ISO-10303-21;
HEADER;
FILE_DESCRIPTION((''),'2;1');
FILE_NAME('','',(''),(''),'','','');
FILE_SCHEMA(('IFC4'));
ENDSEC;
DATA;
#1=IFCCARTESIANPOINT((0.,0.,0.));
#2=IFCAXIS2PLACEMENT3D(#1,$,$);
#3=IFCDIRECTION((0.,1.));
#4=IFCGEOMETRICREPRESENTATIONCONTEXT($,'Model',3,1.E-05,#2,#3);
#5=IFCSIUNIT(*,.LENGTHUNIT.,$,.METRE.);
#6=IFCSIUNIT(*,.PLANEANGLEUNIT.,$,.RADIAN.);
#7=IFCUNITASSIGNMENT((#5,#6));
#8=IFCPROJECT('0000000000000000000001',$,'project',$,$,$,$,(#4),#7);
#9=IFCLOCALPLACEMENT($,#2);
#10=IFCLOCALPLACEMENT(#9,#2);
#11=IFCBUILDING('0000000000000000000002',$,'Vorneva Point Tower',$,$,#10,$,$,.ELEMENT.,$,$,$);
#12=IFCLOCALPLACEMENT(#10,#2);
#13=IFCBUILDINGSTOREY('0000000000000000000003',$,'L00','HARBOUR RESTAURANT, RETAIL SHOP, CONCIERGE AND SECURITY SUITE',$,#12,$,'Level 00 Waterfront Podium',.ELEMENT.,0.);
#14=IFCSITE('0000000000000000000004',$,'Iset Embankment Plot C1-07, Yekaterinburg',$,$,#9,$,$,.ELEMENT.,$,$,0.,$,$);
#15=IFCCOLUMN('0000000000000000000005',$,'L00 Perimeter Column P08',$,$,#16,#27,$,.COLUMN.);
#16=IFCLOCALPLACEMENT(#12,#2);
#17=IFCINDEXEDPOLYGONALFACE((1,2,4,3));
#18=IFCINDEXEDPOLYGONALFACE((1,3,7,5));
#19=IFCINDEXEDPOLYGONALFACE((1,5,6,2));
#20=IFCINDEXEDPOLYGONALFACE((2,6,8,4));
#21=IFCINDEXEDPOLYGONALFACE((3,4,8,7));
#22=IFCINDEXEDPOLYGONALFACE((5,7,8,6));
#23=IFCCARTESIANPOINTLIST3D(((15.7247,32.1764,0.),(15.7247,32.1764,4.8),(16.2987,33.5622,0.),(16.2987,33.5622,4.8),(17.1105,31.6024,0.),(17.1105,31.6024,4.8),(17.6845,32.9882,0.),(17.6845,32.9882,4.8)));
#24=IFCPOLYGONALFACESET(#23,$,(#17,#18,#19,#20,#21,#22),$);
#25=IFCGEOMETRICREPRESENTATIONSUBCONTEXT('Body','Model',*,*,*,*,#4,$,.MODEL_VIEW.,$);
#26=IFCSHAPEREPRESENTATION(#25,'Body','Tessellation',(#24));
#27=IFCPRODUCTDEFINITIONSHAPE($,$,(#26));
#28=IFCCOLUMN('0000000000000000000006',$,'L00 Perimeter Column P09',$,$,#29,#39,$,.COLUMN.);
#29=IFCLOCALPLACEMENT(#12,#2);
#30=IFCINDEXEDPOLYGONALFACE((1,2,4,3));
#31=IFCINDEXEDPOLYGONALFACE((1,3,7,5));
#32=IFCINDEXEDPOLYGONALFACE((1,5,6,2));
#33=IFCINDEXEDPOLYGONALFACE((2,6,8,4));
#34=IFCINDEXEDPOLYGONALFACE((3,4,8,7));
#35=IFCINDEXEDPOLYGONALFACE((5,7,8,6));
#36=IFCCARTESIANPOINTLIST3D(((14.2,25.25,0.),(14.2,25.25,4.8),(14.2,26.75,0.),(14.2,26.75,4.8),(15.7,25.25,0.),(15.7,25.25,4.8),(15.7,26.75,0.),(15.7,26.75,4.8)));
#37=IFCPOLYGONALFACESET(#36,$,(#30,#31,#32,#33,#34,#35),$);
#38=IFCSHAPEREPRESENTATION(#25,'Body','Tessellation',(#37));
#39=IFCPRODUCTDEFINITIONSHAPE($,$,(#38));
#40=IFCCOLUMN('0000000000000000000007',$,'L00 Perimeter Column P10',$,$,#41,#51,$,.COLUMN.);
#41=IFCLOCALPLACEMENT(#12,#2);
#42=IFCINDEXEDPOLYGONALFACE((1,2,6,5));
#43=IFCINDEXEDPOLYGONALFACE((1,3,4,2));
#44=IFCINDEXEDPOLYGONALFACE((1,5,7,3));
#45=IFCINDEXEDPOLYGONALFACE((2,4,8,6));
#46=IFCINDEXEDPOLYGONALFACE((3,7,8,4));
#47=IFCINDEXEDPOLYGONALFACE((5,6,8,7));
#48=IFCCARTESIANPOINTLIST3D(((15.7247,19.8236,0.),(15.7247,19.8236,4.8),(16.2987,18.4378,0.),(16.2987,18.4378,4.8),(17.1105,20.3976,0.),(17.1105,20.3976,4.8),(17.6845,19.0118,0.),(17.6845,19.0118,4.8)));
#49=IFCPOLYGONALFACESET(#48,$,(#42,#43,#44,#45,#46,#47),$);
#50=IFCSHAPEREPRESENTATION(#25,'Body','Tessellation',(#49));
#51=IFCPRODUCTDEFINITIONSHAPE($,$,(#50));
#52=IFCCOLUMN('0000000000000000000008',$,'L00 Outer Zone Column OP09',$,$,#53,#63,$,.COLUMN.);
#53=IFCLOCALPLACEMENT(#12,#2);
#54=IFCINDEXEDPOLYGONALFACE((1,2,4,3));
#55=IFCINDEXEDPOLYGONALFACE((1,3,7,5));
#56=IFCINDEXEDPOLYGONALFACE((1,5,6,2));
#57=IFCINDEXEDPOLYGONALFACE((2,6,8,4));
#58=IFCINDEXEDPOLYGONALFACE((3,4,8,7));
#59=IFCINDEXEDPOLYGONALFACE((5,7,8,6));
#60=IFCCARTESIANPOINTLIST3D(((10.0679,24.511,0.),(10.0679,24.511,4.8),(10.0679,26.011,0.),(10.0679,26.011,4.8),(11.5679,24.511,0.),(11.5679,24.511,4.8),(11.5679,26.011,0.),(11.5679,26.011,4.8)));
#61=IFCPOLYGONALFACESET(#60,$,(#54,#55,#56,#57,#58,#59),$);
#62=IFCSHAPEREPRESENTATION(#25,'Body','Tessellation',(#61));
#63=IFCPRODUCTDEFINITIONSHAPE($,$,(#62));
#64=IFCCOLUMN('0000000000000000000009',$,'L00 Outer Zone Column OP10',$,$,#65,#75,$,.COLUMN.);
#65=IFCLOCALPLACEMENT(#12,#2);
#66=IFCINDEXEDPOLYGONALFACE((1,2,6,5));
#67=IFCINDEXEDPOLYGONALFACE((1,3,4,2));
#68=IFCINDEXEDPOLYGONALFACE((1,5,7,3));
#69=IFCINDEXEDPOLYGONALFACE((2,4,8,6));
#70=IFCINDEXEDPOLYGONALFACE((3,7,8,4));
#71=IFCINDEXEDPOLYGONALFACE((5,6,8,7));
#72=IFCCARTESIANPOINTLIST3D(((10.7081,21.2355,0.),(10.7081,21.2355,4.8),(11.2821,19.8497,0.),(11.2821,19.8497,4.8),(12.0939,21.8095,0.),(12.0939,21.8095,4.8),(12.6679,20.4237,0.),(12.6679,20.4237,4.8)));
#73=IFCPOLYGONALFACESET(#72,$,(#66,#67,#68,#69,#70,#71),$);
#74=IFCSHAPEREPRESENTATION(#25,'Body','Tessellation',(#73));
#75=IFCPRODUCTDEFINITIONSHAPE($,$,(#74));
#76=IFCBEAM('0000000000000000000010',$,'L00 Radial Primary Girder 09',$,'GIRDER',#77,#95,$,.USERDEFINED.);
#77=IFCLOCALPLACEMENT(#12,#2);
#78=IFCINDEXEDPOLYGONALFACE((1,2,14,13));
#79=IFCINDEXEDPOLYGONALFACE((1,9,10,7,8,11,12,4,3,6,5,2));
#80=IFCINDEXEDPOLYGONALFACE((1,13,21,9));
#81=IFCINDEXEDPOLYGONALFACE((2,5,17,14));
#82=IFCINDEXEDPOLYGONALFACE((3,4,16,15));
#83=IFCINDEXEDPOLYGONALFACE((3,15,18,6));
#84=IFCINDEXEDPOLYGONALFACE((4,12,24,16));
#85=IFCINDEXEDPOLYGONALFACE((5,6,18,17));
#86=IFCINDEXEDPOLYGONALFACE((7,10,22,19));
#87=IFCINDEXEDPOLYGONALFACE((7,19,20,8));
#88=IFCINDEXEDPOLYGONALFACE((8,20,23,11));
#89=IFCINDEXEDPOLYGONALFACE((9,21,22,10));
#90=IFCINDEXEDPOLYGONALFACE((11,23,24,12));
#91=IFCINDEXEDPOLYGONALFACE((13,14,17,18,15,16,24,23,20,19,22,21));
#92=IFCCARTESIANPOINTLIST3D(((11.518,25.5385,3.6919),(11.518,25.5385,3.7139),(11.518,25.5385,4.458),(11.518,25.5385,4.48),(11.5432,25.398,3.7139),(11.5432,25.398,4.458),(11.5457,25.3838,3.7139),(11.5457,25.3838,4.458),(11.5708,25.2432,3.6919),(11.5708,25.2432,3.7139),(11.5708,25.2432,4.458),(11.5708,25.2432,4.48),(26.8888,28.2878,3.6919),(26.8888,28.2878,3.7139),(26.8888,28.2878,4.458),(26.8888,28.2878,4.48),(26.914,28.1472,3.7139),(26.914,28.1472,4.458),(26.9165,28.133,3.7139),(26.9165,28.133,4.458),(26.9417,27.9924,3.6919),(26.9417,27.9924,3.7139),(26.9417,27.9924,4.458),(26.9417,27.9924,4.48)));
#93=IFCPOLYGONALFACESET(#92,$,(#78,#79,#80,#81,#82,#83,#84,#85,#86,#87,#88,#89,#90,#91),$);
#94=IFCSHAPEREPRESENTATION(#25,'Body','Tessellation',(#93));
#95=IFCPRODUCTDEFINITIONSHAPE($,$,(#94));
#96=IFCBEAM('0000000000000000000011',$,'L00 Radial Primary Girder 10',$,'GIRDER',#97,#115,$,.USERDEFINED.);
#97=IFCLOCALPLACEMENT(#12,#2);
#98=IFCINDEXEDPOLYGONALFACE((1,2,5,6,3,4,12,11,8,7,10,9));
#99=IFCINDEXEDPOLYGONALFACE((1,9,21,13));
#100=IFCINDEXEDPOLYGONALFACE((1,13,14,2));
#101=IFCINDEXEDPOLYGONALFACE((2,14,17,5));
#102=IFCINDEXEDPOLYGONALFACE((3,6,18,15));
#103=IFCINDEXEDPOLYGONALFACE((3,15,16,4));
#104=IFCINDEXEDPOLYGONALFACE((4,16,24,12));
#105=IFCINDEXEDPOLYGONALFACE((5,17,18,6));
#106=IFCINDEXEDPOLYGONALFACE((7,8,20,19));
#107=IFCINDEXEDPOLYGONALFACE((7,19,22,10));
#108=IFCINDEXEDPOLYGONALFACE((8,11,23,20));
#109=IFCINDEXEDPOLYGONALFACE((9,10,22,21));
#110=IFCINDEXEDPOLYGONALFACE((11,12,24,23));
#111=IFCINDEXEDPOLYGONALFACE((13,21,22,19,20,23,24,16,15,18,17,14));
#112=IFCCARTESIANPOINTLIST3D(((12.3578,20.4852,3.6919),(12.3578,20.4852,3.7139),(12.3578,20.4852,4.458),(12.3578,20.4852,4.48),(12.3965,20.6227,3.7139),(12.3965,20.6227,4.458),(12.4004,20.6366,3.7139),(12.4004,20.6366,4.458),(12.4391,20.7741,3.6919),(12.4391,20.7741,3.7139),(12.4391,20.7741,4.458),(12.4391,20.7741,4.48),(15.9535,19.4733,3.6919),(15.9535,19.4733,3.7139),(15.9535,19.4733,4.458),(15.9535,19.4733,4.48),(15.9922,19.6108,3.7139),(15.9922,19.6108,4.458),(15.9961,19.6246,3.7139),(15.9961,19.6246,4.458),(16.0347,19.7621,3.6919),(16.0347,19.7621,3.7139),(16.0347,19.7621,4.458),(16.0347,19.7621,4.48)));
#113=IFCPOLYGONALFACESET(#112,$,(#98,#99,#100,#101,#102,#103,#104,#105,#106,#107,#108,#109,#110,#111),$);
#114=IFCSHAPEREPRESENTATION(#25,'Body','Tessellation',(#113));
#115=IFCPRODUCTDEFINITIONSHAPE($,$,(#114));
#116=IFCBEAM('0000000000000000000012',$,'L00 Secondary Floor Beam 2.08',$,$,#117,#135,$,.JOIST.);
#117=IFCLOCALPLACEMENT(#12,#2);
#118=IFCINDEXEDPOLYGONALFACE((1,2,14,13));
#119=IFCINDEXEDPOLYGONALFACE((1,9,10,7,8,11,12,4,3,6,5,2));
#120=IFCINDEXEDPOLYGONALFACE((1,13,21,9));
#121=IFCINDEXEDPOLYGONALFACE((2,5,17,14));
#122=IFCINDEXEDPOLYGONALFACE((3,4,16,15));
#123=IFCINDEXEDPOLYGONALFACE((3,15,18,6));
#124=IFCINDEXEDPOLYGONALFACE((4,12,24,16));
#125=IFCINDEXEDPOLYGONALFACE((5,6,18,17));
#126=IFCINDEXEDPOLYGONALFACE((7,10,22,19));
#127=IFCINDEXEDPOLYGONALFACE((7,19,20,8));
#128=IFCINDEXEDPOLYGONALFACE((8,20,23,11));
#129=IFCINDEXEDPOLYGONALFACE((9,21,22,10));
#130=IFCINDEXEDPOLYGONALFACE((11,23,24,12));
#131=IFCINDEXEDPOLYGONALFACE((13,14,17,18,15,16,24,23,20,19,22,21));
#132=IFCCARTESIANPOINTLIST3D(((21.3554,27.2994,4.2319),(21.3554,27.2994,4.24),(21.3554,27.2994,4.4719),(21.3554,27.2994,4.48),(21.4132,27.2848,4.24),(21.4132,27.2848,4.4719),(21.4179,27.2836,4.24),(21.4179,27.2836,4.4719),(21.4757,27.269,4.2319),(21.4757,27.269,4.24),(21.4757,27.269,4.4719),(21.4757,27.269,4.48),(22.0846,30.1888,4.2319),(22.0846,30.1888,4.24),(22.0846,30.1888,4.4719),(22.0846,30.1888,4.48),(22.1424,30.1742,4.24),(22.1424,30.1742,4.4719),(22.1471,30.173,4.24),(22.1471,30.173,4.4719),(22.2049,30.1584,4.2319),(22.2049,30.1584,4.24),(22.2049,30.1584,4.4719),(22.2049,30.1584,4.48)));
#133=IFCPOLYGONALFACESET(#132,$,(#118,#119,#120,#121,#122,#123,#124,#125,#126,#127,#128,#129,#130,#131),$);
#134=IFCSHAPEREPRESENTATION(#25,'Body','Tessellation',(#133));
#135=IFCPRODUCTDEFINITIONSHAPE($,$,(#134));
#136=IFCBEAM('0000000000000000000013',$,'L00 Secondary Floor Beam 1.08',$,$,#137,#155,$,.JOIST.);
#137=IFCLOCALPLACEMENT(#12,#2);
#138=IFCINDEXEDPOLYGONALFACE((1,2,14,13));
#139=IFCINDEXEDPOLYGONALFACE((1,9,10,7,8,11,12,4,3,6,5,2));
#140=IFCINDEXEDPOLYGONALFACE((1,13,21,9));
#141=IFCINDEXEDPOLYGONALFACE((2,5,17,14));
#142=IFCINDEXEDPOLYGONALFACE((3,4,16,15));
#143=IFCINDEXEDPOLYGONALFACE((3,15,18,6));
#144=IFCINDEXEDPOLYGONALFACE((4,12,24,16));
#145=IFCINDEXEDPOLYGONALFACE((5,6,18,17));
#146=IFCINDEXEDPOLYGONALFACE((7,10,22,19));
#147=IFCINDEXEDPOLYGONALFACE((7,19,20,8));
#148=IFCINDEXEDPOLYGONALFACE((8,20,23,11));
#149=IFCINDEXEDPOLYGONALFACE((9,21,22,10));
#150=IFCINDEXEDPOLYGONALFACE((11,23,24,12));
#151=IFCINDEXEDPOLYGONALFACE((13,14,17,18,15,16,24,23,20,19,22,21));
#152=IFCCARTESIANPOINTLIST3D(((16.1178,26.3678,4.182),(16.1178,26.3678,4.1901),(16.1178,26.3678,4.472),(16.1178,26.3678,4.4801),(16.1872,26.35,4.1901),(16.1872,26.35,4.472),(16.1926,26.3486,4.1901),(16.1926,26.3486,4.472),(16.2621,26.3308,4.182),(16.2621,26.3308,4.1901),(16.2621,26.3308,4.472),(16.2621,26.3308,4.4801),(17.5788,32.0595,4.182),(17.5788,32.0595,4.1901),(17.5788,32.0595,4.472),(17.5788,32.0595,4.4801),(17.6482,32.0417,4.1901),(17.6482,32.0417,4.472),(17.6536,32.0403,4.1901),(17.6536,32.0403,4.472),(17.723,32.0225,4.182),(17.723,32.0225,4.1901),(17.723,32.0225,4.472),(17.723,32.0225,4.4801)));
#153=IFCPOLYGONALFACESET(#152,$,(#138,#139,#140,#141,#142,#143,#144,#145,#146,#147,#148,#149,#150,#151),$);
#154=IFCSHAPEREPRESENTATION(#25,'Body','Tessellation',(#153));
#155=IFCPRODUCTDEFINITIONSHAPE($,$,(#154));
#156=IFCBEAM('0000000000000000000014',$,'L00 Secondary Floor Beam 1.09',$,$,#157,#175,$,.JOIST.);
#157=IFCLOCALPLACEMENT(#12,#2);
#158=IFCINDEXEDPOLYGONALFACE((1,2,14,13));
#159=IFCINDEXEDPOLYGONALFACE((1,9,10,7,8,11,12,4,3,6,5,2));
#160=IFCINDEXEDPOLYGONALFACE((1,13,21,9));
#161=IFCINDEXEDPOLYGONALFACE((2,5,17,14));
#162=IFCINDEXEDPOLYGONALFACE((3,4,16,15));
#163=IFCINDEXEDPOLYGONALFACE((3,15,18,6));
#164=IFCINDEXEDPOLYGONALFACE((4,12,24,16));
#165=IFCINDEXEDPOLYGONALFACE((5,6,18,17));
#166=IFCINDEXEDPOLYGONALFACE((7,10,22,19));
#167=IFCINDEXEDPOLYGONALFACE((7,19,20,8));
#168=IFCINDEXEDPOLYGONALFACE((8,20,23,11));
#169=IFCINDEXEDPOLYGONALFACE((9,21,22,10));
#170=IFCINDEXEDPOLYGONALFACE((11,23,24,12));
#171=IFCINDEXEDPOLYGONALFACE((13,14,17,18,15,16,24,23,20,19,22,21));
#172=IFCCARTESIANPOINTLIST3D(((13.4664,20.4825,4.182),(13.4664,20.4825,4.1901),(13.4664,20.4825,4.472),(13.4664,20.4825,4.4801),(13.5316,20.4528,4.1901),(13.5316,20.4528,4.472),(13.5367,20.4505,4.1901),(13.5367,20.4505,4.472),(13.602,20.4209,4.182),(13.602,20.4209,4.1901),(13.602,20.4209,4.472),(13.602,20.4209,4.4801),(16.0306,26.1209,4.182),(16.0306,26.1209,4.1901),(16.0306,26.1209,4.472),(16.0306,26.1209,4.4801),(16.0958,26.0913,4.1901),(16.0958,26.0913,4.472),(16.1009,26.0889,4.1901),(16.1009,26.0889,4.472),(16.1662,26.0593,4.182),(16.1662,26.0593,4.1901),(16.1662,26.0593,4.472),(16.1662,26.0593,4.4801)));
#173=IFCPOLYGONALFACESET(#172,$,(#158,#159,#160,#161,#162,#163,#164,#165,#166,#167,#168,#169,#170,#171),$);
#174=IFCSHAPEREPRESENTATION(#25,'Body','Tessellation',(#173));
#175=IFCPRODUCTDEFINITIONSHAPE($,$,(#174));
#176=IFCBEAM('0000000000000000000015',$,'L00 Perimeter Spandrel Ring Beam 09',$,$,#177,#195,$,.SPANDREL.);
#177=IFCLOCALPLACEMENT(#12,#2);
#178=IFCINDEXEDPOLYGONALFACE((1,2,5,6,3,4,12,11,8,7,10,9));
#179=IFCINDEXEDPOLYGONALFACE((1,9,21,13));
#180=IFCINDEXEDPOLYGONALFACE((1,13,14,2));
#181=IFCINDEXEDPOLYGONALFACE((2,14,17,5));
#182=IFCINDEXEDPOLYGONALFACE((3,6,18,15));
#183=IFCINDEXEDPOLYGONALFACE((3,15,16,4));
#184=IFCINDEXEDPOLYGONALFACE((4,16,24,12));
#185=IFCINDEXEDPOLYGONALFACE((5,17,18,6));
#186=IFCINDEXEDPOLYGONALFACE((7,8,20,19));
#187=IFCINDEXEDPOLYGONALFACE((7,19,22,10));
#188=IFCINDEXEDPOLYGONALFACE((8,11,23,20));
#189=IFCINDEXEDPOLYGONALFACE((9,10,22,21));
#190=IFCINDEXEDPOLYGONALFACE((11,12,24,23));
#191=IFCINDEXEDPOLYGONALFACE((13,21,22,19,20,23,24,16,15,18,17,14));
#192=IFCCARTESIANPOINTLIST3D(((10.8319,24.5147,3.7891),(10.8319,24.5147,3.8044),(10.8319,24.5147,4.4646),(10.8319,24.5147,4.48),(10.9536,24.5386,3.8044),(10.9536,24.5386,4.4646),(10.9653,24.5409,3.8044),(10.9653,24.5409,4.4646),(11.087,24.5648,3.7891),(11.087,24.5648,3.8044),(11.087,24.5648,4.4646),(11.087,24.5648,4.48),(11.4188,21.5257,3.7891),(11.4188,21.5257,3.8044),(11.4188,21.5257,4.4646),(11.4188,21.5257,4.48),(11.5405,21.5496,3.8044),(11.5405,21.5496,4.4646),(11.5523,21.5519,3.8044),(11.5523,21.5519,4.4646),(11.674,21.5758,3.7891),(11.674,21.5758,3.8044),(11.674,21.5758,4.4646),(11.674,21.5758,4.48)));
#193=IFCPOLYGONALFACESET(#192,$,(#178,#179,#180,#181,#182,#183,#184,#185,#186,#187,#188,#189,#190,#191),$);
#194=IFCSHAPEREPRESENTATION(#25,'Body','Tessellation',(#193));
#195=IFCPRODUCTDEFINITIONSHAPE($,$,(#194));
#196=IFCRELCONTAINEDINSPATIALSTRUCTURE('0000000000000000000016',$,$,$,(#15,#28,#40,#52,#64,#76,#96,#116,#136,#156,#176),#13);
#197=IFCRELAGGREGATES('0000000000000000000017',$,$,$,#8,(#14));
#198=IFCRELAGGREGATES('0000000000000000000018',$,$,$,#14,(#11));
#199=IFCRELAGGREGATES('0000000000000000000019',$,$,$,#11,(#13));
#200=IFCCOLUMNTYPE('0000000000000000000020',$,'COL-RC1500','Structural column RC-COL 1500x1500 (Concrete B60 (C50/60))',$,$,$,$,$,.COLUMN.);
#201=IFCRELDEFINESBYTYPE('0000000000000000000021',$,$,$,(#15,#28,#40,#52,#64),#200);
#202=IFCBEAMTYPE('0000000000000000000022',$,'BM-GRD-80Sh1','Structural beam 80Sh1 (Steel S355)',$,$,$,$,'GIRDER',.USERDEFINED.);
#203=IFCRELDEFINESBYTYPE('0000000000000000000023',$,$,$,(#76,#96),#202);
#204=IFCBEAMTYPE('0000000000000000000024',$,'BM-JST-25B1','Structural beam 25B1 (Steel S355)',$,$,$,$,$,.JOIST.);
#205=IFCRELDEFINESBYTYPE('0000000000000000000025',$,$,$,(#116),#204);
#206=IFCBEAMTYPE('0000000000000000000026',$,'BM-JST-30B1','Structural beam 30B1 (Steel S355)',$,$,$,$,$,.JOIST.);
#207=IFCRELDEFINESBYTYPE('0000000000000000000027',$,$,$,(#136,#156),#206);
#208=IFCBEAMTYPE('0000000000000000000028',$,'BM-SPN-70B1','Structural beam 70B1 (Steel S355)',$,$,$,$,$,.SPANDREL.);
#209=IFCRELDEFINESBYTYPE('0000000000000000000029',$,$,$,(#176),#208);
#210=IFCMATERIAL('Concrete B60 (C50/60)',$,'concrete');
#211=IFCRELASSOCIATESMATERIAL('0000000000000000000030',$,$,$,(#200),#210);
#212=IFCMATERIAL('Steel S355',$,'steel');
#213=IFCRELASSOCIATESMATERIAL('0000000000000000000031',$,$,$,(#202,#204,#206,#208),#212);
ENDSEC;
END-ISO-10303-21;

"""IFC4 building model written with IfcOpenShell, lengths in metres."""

from ifc_helpers import new_model, si_unit, direction, frame, origin, origin_2d, place, context, subcontext, project, spatial, rectangle, i_section, extrude, material, material_profile, profile_set, type_object, element, save


model = new_model("IFC4")

# Units and contexts
model_context = context("Model", 3, precision=1e-05, world=origin(), true_north=direction((0.0, 1.0)))
body_context = subcontext(model_context, "Body", "Model", "MODEL_VIEW")
ifc_project = project(units=[si_unit("LENGTHUNIT", "METRE"), si_unit("PLANEANGLEUNIT", "RADIAN")], contexts=[model_context])

# Site, building, storey
site_placement = place(None, origin())
site = spatial("IfcSite", under=ifc_project, at=site_placement, Name="Iset Embankment Plot C1-07, Yekaterinburg", CompositionType="ELEMENT", RefElevation=0.0)
building_placement = place(site_placement, origin())
building = spatial("IfcBuilding", under=site, at=building_placement, Name="Vorneva Point Tower", CompositionType="ELEMENT")
storey_placement = place(building_placement, origin())
storey = spatial("IfcBuildingStorey", under=building, at=storey_placement, Name="L00", Description="HARBOUR RESTAURANT, RETAIL SHOP, CONCIERGE AND SECURITY SUITE", LongName="Level 00 Waterfront Podium", CompositionType="ELEMENT", Elevation=0.0)

# Columns
ifc_material_1 = material(Name="Concrete B60 (C50/60)", Category="concrete")
ifc_material_profile_1 = material_profile(ifc_material_1, rectangle(XDim=1.5, YDim=1.5, at=origin_2d()), Name="RC-COL 1500x1500")
ifc_profile_set_1 = profile_set([ifc_material_profile_1], Name="Concrete B60 (C50/60)")
column_type = type_object("IfcColumnType", Name="COL-RC1500", Description="Structural column RC-COL 1500x1500 (Concrete B60 (C50/60))", PredefinedType="COLUMN", material=ifc_profile_set_1)
for number, where, z_axis, x_axis, name in (
    (1, (16.7046, 32.5823, 0.0), (0.0, 0.0, 1.0), (-0.92388, 0.382683, 0.0), "L00 Perimeter Column P08"),
    (2, (14.95, 26.0, 0.0), (0.0, 0.0, 1.0), (-1.0, 0.0, 0.0), "L00 Perimeter Column P09"),
    (3, (16.7046, 19.4177, 0.0), (0.0, 0.0, 1.0), (-0.92388, -0.382683, 0.0), "L00 Perimeter Column P10"),
    (4, (10.8179, 25.261, 0.0), (0.0, 0.0, 1.0), (-1.0, 0.0, 0.0), "L00 Outer Zone Column OP09"),
    (5, (11.688, 20.8296, 0.0), (0.0, 0.0, 1.0), (-0.92388, -0.382683, 0.0), "L00 Outer Zone Column OP10"),
):
    element("IfcColumn", number, at=place(storey_placement, frame(where, z_axis=z_axis, x_axis=x_axis)), inside=storey, type_object=column_type, Name=name, PredefinedType="COLUMN", context=body_context, shape_type="SweptSolid", body=[
        extrude(rectangle(XDim=1.5, YDim=1.5, at=origin_2d()), origin(), (0.0, 0.0, 1.0), 4.8),
    ])

# Beams
ifc_material_2 = material(Name="Steel S355", Category="steel")
ifc_material_profile_2 = material_profile(ifc_material_2, i_section(OverallWidth=0.3, OverallDepth=0.7881, WebThickness=0.0144, FlangeThickness=0.022, at=origin_2d()), Name="80Sh1")
ifc_profile_set_2 = profile_set([ifc_material_profile_2], Name="Steel S355")
beam_type_1 = type_object("IfcBeamType", Name="BM-GRD-80Sh1", Description="Structural beam 80Sh1 (Steel S355)", ElementType="GIRDER", PredefinedType="USERDEFINED", material=ifc_profile_set_2)
beam_1_placement = place(storey_placement, frame((11.5444, 25.3909, 4.0859), z_axis=(0.984378, 0.176068, 0.0), x_axis=(-0.176068, 0.984378, 0.0)))
element("IfcBeam", 6, at=beam_1_placement, inside=storey, type_object=beam_type_1, Name="L00 Radial Primary Girder 09", ObjectType="GIRDER", PredefinedType="USERDEFINED", context=body_context, shape_type="SweptSolid", body=[
    extrude(i_section(OverallWidth=0.3, OverallDepth=0.7881, WebThickness=0.0144, FlangeThickness=0.022, at=origin_2d()), origin(), (0.0, 0.0, 1.0), 15.6147),
])
beam_2_placement = place(storey_placement, frame((12.3984, 20.6296, 4.0859), z_axis=(0.962604, -0.270912, 0.0), x_axis=(0.270912, 0.962604, 0.0)))
element("IfcBeam", 7, at=beam_2_placement, inside=storey, type_object=beam_type_1, Name="L00 Radial Primary Girder 10", ObjectType="GIRDER", PredefinedType="USERDEFINED", context=body_context, shape_type="SweptSolid", body=[
    extrude(i_section(OverallWidth=0.3, OverallDepth=0.7881, WebThickness=0.0144, FlangeThickness=0.022, at=origin_2d()), origin(), (0.0, 0.0, 1.0), 3.7354),
])
ifc_material_profile_3 = material_profile(ifc_material_2, i_section(OverallWidth=0.124, OverallDepth=0.248, WebThickness=0.0049, FlangeThickness=0.0081, at=origin_2d()), Name="25B1")
ifc_profile_set_3 = profile_set([ifc_material_profile_3], Name="Steel S355")
beam_type_2 = type_object("IfcBeamType", Name="BM-JST-25B1", Description="Structural beam 25B1 (Steel S355)", PredefinedType="JOIST", material=ifc_profile_set_3)
beam_3_placement = place(storey_placement, frame((22.1448, 30.1736, 4.356), z_axis=(-0.244713, -0.969595, 0.0), x_axis=(0.969595, -0.244713, 0.0)))
element("IfcBeam", 8, at=beam_3_placement, inside=storey, type_object=beam_type_2, Name="L00 Secondary Floor Beam 2.08", PredefinedType="JOIST", context=body_context, shape_type="SweptSolid", body=[
    extrude(i_section(OverallWidth=0.124, OverallDepth=0.248, WebThickness=0.0049, FlangeThickness=0.0081, at=origin_2d()), origin(), (0.0, 0.0, 1.0), 2.98),
])
ifc_material_profile_4 = material_profile(ifc_material_2, i_section(OverallWidth=0.1489, OverallDepth=0.2981, WebThickness=0.0056, FlangeThickness=0.0081, at=origin_2d()), Name="30B1")
ifc_profile_set_4 = profile_set([ifc_material_profile_4], Name="Steel S355")
beam_type_3 = type_object("IfcBeamType", Name="BM-JST-30B1", Description="Structural beam 30B1 (Steel S355)", PredefinedType="JOIST", material=ifc_profile_set_4)
beam_4_placement = place(storey_placement, frame((17.6509, 32.041, 4.3311), z_axis=(-0.248621, -0.968601, 0.0), x_axis=(0.968601, -0.248621, 0.0)))
element("IfcBeam", 9, at=beam_4_placement, inside=storey, type_object=beam_type_3, Name="L00 Secondary Floor Beam 1.08", PredefinedType="JOIST", context=body_context, shape_type="SweptSolid", body=[
    extrude(i_section(OverallWidth=0.1489, OverallDepth=0.2981, WebThickness=0.0056, FlangeThickness=0.0081, at=origin_2d()), origin(), (0.0, 0.0, 1.0), 5.8762),
])
beam_5_placement = place(storey_placement, frame((16.0984, 26.0901, 4.3311), z_axis=(-0.413975, -0.910288, 0.0), x_axis=(0.910288, -0.413975, 0.0)))
element("IfcBeam", 10, at=beam_5_placement, inside=storey, type_object=beam_type_3, Name="L00 Secondary Floor Beam 1.09", PredefinedType="JOIST", context=body_context, shape_type="SweptSolid", body=[
    extrude(i_section(OverallWidth=0.1489, OverallDepth=0.2981, WebThickness=0.0056, FlangeThickness=0.0081, at=origin_2d()), origin(), (0.0, 0.0, 1.0), 6.1941),
])
ifc_material_profile_5 = material_profile(ifc_material_2, i_section(OverallWidth=0.26, OverallDepth=0.6909, WebThickness=0.012, FlangeThickness=0.0154, at=origin_2d()), Name="70B1")
ifc_profile_set_5 = profile_set([ifc_material_profile_5], Name="Steel S355")
beam_type_4 = type_object("IfcBeamType", Name="BM-SPN-70B1", Description="Structural beam 70B1 (Steel S355)", PredefinedType="SPANDREL", material=ifc_profile_set_5)
beam_6_placement = place(storey_placement, frame((10.9595, 24.5398, 4.1345), z_axis=(0.192678, -0.981262, 0.0), x_axis=(0.981262, 0.192678, 0.0)))
element("IfcBeam", 11, at=beam_6_placement, inside=storey, type_object=beam_type_4, Name="L00 Perimeter Spandrel Ring Beam 09", PredefinedType="SPANDREL", context=body_context, shape_type="SweptSolid", body=[
    extrude(i_section(OverallWidth=0.26, OverallDepth=0.6909, WebThickness=0.012, FlangeThickness=0.0154, at=origin_2d()), origin(), (0.0, 0.0, 1.0), 3.0461),
])

save(model, "model.ifc")
